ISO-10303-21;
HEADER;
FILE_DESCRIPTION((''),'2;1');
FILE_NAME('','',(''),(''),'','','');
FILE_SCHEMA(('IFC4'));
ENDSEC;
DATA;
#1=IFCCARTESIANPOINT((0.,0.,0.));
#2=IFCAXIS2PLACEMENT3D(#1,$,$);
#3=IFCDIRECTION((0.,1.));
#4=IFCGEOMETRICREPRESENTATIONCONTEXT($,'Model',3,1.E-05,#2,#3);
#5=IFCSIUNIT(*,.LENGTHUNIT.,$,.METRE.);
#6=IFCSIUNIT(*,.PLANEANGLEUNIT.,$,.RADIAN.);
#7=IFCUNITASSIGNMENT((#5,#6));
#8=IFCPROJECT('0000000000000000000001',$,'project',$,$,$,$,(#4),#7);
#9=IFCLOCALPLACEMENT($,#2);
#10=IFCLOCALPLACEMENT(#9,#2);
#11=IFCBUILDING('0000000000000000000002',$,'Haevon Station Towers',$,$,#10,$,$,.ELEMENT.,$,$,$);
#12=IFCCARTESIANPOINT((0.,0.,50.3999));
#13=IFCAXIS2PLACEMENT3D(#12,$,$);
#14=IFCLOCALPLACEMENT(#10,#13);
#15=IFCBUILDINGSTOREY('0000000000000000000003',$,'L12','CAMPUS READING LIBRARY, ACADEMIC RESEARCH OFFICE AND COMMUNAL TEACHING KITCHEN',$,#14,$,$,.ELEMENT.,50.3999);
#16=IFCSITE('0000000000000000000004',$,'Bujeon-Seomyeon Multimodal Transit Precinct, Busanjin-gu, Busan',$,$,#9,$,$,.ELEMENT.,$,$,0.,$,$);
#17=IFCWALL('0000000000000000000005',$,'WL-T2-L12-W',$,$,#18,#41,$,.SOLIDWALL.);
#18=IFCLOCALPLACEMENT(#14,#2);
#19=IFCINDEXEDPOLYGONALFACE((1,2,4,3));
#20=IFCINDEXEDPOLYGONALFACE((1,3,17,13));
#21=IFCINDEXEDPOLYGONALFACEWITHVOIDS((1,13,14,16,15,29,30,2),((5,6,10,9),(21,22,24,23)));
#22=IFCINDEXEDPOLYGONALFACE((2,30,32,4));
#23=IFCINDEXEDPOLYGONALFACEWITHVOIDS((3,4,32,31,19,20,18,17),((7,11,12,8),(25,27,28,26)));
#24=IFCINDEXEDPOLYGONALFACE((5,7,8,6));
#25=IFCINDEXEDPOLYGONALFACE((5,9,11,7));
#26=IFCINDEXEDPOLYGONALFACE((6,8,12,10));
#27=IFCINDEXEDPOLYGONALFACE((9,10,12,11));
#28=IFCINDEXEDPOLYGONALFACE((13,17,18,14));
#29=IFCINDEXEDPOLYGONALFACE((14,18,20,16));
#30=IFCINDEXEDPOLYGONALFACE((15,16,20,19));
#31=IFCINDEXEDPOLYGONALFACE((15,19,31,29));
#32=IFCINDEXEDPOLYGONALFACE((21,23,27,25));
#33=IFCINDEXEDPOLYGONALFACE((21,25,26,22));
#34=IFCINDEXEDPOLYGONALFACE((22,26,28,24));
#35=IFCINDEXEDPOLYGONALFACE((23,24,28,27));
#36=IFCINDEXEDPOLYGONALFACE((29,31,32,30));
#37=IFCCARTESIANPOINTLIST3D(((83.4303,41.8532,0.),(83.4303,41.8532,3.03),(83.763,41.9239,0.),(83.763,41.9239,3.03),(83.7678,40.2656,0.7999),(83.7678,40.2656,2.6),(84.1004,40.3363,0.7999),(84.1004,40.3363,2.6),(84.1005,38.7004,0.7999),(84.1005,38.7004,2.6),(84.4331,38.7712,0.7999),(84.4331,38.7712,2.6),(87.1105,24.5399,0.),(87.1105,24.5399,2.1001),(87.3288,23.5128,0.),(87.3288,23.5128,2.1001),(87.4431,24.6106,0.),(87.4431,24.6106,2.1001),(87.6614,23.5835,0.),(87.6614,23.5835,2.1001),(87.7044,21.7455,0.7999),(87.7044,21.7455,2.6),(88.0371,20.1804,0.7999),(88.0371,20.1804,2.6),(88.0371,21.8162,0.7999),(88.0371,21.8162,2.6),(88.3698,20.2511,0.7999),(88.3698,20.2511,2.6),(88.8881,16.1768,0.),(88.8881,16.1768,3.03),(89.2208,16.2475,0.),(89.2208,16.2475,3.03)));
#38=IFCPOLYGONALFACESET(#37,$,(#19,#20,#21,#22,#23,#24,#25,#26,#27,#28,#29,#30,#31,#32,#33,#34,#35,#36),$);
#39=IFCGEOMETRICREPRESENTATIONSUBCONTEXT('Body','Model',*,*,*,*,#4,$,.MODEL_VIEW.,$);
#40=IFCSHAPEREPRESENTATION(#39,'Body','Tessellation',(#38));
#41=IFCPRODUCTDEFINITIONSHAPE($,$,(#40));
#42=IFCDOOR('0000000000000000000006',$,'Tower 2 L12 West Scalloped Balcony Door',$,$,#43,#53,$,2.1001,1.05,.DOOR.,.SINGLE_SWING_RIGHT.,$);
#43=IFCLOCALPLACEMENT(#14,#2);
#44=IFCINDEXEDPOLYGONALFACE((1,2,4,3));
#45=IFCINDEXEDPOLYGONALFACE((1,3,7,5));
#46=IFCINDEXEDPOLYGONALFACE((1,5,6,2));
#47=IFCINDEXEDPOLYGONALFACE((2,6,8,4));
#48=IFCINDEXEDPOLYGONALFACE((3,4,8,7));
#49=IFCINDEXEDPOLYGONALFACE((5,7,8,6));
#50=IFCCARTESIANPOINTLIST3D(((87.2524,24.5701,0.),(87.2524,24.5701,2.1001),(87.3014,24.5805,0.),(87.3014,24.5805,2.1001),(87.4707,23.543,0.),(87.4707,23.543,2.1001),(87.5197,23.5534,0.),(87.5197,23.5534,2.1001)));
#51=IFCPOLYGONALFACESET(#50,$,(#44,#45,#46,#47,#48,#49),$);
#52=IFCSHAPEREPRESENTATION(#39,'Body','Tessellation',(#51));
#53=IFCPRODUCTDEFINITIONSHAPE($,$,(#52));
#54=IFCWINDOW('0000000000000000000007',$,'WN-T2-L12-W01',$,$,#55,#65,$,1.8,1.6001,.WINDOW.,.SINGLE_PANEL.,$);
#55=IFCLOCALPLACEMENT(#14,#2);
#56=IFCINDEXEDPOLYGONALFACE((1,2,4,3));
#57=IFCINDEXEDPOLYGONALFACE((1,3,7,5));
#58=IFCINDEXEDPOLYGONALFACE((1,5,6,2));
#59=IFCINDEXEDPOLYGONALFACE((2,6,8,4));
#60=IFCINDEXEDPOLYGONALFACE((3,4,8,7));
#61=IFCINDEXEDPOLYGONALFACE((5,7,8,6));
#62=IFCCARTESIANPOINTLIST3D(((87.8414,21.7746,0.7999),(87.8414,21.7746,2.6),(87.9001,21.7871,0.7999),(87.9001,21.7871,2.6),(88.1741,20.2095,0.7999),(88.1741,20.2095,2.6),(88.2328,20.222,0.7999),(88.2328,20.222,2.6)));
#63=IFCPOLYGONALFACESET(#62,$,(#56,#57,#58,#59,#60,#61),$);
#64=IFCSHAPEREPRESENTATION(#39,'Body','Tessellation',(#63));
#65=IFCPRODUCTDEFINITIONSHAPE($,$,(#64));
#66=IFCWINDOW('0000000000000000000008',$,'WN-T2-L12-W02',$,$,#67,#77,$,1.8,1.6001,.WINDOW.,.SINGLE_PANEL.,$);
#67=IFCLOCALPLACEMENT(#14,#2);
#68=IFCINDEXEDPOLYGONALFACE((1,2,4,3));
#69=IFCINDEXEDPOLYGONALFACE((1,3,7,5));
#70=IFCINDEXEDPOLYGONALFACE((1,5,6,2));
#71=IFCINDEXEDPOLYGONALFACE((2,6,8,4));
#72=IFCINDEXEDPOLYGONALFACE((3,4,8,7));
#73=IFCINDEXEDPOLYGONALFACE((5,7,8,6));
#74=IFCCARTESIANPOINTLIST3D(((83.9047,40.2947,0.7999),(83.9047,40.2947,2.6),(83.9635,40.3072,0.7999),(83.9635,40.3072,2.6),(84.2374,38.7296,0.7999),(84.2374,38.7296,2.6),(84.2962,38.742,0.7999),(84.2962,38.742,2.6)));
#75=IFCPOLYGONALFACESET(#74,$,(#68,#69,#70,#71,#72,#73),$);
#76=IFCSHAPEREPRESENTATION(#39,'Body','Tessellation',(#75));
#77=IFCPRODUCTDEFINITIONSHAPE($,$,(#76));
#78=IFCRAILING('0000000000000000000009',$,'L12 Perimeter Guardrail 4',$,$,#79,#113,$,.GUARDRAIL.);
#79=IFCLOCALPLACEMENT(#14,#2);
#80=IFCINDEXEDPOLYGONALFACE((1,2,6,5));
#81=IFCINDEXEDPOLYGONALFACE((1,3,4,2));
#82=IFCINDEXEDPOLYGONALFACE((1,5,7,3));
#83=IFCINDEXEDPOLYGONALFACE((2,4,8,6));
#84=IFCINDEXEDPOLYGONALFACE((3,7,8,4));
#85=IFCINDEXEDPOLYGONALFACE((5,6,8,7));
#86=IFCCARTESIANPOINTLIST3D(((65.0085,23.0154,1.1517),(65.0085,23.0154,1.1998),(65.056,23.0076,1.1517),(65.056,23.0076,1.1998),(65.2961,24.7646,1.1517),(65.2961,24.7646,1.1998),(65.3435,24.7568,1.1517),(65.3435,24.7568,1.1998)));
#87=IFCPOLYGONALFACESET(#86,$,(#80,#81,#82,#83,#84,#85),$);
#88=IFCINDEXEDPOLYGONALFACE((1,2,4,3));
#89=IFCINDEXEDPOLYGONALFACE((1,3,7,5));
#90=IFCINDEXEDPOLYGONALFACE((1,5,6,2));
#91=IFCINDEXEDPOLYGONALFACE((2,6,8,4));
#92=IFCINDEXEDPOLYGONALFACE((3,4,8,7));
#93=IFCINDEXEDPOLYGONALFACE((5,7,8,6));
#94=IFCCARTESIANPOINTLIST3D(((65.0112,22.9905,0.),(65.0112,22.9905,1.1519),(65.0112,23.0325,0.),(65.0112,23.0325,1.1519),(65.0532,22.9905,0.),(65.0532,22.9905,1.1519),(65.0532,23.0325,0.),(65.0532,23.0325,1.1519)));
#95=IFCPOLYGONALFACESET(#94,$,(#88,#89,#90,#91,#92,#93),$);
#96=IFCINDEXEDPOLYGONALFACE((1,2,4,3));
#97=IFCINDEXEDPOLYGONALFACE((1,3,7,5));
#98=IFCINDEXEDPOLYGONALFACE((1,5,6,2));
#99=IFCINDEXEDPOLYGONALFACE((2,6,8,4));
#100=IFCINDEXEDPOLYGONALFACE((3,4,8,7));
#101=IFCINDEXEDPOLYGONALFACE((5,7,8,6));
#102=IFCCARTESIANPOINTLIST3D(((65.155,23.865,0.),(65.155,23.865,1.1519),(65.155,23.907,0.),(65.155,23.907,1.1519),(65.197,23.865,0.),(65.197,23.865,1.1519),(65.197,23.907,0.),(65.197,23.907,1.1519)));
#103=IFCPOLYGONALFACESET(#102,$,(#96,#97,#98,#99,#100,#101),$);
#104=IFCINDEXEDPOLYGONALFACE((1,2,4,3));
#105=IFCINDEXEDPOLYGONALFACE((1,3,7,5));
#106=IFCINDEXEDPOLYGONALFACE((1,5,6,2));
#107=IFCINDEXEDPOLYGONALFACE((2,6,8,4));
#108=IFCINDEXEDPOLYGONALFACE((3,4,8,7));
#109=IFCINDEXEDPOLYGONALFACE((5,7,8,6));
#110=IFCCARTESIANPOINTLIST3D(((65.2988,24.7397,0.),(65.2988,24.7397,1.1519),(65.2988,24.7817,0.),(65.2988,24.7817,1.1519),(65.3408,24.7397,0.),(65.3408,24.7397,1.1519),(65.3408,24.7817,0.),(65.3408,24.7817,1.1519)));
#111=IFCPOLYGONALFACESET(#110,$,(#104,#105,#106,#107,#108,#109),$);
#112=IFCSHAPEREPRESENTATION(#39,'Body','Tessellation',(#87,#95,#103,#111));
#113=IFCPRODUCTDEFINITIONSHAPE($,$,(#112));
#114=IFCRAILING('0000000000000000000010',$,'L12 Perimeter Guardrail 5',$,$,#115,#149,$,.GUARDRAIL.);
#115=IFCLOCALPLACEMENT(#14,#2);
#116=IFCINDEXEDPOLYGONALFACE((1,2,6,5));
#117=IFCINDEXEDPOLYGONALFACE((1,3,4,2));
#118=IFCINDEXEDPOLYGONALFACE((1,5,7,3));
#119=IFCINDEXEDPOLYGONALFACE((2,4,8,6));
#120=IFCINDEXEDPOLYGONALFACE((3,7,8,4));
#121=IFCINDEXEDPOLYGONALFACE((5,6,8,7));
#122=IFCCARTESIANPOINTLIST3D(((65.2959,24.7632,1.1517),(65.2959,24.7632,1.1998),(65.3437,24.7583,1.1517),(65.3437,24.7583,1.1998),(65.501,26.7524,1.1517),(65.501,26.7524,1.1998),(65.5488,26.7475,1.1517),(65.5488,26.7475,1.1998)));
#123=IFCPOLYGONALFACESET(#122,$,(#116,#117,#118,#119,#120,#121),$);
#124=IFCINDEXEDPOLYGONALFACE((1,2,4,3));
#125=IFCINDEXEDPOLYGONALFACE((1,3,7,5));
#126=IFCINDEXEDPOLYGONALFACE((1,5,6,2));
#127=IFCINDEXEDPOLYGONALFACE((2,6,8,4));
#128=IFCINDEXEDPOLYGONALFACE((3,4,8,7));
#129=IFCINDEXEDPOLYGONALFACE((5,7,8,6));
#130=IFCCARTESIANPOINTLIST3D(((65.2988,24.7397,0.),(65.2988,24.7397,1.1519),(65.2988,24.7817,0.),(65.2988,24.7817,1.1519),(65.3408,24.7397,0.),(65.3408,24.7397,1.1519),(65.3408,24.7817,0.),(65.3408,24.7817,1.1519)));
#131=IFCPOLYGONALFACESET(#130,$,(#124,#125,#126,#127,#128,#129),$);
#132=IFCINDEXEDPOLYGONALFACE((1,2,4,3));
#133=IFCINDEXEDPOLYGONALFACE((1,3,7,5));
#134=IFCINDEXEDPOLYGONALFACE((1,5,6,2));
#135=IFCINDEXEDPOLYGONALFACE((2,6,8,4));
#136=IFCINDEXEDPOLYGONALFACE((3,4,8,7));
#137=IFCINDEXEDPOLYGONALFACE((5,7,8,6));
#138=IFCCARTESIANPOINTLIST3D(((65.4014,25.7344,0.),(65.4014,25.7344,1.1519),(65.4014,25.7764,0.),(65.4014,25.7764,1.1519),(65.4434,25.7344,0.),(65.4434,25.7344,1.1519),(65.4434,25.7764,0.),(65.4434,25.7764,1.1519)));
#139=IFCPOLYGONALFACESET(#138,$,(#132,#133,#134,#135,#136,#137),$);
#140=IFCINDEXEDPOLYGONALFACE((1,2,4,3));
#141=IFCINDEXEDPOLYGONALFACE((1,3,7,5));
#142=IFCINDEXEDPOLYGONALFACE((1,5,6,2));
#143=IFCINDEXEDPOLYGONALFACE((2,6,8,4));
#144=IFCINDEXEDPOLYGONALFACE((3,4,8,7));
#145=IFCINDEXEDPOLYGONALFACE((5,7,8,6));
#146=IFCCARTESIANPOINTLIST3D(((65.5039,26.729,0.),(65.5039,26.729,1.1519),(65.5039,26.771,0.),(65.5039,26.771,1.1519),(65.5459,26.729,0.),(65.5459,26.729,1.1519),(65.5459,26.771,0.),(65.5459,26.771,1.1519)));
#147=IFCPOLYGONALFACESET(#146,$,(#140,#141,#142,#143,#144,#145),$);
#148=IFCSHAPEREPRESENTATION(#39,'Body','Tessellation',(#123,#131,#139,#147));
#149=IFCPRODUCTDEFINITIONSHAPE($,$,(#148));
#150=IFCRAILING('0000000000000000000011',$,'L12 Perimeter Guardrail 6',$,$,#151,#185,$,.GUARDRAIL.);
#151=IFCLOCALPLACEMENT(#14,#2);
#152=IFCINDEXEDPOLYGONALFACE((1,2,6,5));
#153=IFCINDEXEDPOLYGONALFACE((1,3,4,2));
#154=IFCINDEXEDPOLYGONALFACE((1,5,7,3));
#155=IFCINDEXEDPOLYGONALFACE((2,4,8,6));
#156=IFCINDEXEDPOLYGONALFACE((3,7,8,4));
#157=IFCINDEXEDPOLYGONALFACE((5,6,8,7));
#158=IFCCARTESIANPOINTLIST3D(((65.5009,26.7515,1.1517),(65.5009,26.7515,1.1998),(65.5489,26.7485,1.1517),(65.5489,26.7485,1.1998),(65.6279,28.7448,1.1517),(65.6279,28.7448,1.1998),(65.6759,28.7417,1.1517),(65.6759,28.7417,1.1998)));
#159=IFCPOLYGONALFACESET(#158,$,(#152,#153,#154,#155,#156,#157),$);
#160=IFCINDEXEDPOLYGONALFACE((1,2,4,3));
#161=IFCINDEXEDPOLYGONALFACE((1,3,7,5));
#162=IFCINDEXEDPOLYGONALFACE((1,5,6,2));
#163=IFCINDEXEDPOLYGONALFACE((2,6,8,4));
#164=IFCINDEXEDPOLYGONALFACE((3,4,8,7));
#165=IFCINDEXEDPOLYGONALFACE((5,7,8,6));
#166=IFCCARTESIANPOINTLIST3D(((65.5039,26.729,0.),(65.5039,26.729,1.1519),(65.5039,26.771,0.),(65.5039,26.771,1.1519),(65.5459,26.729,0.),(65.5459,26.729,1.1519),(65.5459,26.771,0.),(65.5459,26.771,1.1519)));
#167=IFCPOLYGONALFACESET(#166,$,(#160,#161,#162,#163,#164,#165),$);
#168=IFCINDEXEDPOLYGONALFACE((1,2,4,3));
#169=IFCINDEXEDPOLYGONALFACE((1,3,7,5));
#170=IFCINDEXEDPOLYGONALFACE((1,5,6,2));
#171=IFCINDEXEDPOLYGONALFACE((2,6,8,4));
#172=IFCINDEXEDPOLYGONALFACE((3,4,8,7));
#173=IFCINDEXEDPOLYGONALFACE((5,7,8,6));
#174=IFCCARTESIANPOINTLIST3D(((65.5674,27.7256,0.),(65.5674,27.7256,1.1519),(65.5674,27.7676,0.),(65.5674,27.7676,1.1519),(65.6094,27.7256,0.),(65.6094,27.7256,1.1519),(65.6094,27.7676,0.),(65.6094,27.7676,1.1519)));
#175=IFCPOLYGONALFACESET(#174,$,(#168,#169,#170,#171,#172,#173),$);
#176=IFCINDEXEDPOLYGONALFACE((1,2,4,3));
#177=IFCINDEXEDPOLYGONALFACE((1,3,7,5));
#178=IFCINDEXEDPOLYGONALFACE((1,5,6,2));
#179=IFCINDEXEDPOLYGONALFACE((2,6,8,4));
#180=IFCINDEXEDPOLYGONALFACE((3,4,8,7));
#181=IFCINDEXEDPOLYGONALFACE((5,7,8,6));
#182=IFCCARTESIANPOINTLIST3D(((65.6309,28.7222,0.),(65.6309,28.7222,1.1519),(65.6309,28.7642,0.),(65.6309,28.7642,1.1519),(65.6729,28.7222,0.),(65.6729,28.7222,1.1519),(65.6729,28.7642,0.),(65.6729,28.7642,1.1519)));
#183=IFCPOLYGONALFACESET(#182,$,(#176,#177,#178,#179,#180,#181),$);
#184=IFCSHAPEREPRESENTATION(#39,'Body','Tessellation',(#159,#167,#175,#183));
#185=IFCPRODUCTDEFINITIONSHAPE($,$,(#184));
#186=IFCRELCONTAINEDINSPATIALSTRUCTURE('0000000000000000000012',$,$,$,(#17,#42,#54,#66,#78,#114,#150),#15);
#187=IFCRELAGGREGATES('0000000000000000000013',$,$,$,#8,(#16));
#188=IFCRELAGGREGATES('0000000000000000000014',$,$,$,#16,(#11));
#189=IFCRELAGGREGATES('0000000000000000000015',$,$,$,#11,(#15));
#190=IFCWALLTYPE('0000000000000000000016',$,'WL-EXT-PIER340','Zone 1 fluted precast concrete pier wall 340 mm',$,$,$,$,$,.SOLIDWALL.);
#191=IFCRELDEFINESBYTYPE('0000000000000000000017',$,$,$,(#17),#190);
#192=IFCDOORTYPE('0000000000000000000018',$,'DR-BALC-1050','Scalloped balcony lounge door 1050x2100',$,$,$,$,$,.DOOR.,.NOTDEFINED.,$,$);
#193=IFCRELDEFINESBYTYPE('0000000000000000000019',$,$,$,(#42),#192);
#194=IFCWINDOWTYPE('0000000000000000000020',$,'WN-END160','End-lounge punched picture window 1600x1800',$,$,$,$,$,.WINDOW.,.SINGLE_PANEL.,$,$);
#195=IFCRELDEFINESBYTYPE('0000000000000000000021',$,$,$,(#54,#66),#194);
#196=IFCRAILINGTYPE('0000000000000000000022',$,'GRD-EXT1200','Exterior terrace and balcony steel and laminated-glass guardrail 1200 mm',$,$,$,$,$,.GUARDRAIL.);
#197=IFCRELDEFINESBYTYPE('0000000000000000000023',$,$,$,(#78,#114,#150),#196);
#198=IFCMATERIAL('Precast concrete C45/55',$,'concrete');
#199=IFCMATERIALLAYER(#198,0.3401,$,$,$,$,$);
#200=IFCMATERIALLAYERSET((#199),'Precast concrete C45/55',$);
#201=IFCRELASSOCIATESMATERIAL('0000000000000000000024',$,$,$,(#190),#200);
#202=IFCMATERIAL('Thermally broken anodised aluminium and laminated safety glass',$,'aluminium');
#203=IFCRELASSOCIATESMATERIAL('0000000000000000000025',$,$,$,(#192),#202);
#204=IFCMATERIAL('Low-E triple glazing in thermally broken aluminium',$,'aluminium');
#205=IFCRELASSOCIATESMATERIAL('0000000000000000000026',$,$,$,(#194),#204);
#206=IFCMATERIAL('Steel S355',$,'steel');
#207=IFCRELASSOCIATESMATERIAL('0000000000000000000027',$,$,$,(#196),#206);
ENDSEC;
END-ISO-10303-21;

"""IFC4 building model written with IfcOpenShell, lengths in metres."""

from ifc_helpers import new_model, si_unit, direction, frame, frame_2d, origin, origin_2d, place, context, subcontext, project, spatial, rectangle, extrude, material, layer, layer_set, type_object, element, fill, save


model = new_model("IFC4")

# Units and contexts
model_context = context("Model", 3, precision=1e-05, world=origin(), true_north=direction((0.0, 1.0)))
body_context = subcontext(model_context, "Body", "Model", "MODEL_VIEW")
ifc_project = project(units=[si_unit("LENGTHUNIT", "METRE"), si_unit("PLANEANGLEUNIT", "RADIAN")], contexts=[model_context])

# Site, building, storey
site_placement = place(None, origin())
site = spatial("IfcSite", under=ifc_project, at=site_placement, Name="Bujeon-Seomyeon Multimodal Transit Precinct, Busanjin-gu, Busan", CompositionType="ELEMENT", RefElevation=0.0)
building_placement = place(site_placement, origin())
building = spatial("IfcBuilding", under=site, at=building_placement, Name="Haevon Station Towers", CompositionType="ELEMENT")
storey_placement = place(building_placement, frame((0.0, 0.0, 50.3999)))
storey = spatial("IfcBuildingStorey", under=building, at=storey_placement, Name="L12", Description="CAMPUS READING LIBRARY, ACADEMIC RESEARCH OFFICE AND COMMUNAL TEACHING KITCHEN", CompositionType="ELEMENT", Elevation=50.3999)

# Wall, openings, door, windows
ifc_material_1 = material(Name="Precast concrete C45/55", Category="concrete")
ifc_layer_1 = layer(ifc_material_1, 0.3401)
ifc_layer_set_1 = layer_set([ifc_layer_1], Name="Precast concrete C45/55")
wall_type = type_object("IfcWallType", Name="WL-EXT-PIER340", Description="Zone 1 fluted precast concrete pier wall 340 mm", PredefinedType="SOLIDWALL", material=ifc_layer_set_1)
wall_placement = place(storey_placement, frame((89.0544, 16.2122, 0.0), z_axis=(0.0, 0.0, 1.0), x_axis=(-0.207915, 0.978147, 0.0)))
wall = element("IfcWall", 1, at=wall_placement, inside=storey, type_object=wall_type, Name="WL-T2-L12-W", PredefinedType="SOLIDWALL", context=body_context, shape_type="SweptSolid", body=[
    extrude(rectangle(XDim=26.25, YDim=0.3401, at=frame_2d((13.125, 0.0))), origin(), (0.0, 0.0, 1.0), 3.03),
])
opening_1_placement = place(wall_placement, frame((7.5, 0.0, 0.0)))
opening_1 = element("IfcOpeningElement", 2, at=opening_1_placement, cuts=wall, PredefinedType="OPENING", context=body_context, shape_type="SweptSolid", body=[
    extrude(rectangle(XDim=1.05, YDim=2.1001, at=frame_2d((0.5249, 1.05))), frame((0.0, 0.1799, 0.0), z_axis=(0.0, -1.0, 0.0), x_axis=(1.0, 0.0, 0.0)), (0.0, 0.0, 1.0), 0.3601),
])
opening_2_placement = place(wall_placement, frame((4.093, 0.0, 0.8)))
opening_2 = element("IfcOpeningElement", 3, at=opening_2_placement, cuts=wall, PredefinedType="OPENING", context=body_context, shape_type="SweptSolid", body=[
    extrude(rectangle(XDim=1.6001, YDim=1.8, at=frame_2d((0.8, 0.8999))), frame((0.0, 0.1799, 0.0), z_axis=(0.0, -1.0, 0.0), x_axis=(1.0, 0.0, 0.0)), (0.0, 0.0, 1.0), 0.3601),
])
opening_3_placement = place(wall_placement, frame((23.0269, 0.0, 0.8)))
opening_3 = element("IfcOpeningElement", 4, at=opening_3_placement, cuts=wall, PredefinedType="OPENING", context=body_context, shape_type="SweptSolid", body=[
    extrude(rectangle(XDim=1.6001, YDim=1.8, at=frame_2d((0.8, 0.8999))), frame((0.0, 0.1799, 0.0), z_axis=(0.0, -1.0, 0.0), x_axis=(1.0, 0.0, 0.0)), (0.0, 0.0, 1.0), 0.3601),
])
ifc_material_2 = material(Name="Thermally broken anodised aluminium and laminated safety glass", Category="aluminium")
door_type = type_object("IfcDoorType", Name="DR-BALC-1050", Description="Scalloped balcony lounge door 1050x2100", OperationType="NOTDEFINED", PredefinedType="DOOR", material=ifc_material_2)
door_placement = place(opening_1_placement, origin())
door = element("IfcDoor", 5, at=door_placement, inside=storey, type_object=door_type, Name="Tower 2 L12 West Scalloped Balcony Door", OperationType="SINGLE_SWING_RIGHT", OverallHeight=2.1001, OverallWidth=1.05, PredefinedType="DOOR", context=body_context, shape_type="SweptSolid", body=[
    extrude(rectangle(XDim=1.05, YDim=2.1001, at=frame_2d((0.5249, 1.05))), frame((0.0, 0.0249, 0.0), z_axis=(0.0, -1.0, 0.0), x_axis=(1.0, 0.0, 0.0)), (0.0, 0.0, 1.0), 0.05),
])
fill(opening_1, door)
ifc_material_3 = material(Name="Low-E triple glazing in thermally broken aluminium", Category="aluminium")
window_type = type_object("IfcWindowType", Name="WN-END160", Description="End-lounge punched picture window 1600x1800", PartitioningType="SINGLE_PANEL", PredefinedType="WINDOW", material=ifc_material_3)
window_1_placement = place(opening_2_placement, origin())
window_1 = element("IfcWindow", 6, at=window_1_placement, inside=storey, type_object=window_type, Name="WN-T2-L12-W01", OverallHeight=1.8, OverallWidth=1.6001, PartitioningType="SINGLE_PANEL", PredefinedType="WINDOW", context=body_context, shape_type="SweptSolid", body=[
    extrude(rectangle(XDim=1.6001, YDim=1.8, at=frame_2d((0.8, 0.8999))), frame((0.0, 0.03, 0.0), z_axis=(0.0, -1.0, 0.0), x_axis=(1.0, 0.0, 0.0)), (0.0, 0.0, 1.0), 0.0601),
])
fill(opening_2, window_1)
window_2_placement = place(opening_3_placement, origin())
window_2 = element("IfcWindow", 7, at=window_2_placement, inside=storey, type_object=window_type, Name="WN-T2-L12-W02", OverallHeight=1.8, OverallWidth=1.6001, PartitioningType="SINGLE_PANEL", PredefinedType="WINDOW", context=body_context, shape_type="SweptSolid", body=[
    extrude(rectangle(XDim=1.6001, YDim=1.8, at=frame_2d((0.8, 0.8999))), frame((0.0, 0.03, 0.0), z_axis=(0.0, -1.0, 0.0), x_axis=(1.0, 0.0, 0.0)), (0.0, 0.0, 1.0), 0.0601),
])
fill(opening_3, window_2)

# Railings
ifc_material_4 = material(Name="Steel S355", Category="steel")
railing_type = type_object("IfcRailingType", Name="GRD-EXT1200", Description="Exterior terrace and balcony steel and laminated-glass guardrail 1200 mm", PredefinedType="GUARDRAIL", material=ifc_material_4)
railing_1_placement = place(storey_placement, frame((65.0322, 23.0115, 0.0)))
element("IfcRailing", 8, at=railing_1_placement, inside=storey, type_object=railing_type, Name="L12 Perimeter Guardrail 4", PredefinedType="GUARDRAIL", context=body_context, shape_type="SweptSolid", body=[
    extrude(rectangle(XDim=0.0481, YDim=0.0481, at=origin_2d()), frame((0.0, 0.0, 1.1758), z_axis=(0.162232, 0.986753, 0.0), x_axis=(-0.986753, 0.162232, 0.0)), (0.0, 0.0, 1.0), 1.7727),
    extrude(rectangle(XDim=0.042, YDim=0.042, at=origin_2d()), origin(), (0.0, 0.0, 1.0), 1.1519),
    extrude(rectangle(XDim=0.042, YDim=0.042, at=origin_2d()), frame((0.1438, 0.8745, 0.0)), (0.0, 0.0, 1.0), 1.1519),
    extrude(rectangle(XDim=0.042, YDim=0.042, at=origin_2d()), frame((0.2876, 1.7493, 0.0)), (0.0, 0.0, 1.0), 1.1519),
])
railing_2_placement = place(storey_placement, frame((65.3198, 24.7607, 0.0)))
element("IfcRailing", 9, at=railing_2_placement, inside=storey, type_object=railing_type, Name="L12 Perimeter Guardrail 5", PredefinedType="GUARDRAIL", context=body_context, shape_type="SweptSolid", body=[
    extrude(rectangle(XDim=0.0481, YDim=0.0481, at=origin_2d()), frame((0.0, 0.0, 1.1758), z_axis=(0.102549, 0.994728, 0.0), x_axis=(-0.994728, 0.102549, 0.0)), (0.0, 0.0, 1.0), 1.9998),
    extrude(rectangle(XDim=0.042, YDim=0.042, at=origin_2d()), origin(), (0.0, 0.0, 1.0), 1.1519),
    extrude(rectangle(XDim=0.042, YDim=0.042, at=origin_2d()), frame((0.1025, 0.9946, 0.0)), (0.0, 0.0, 1.0), 1.1519),
    extrude(rectangle(XDim=0.042, YDim=0.042, at=origin_2d()), frame((0.2051, 1.9893, 0.0)), (0.0, 0.0, 1.0), 1.1519),
])
railing_3_placement = place(storey_placement, frame((65.5249, 26.75, 0.0)))
element("IfcRailing", 10, at=railing_3_placement, inside=storey, type_object=railing_type, Name="L12 Perimeter Guardrail 6", PredefinedType="GUARDRAIL", context=body_context, shape_type="SweptSolid", body=[
    extrude(rectangle(XDim=0.0481, YDim=0.0481, at=origin_2d()), frame((0.0, 0.0, 1.1758), z_axis=(0.063565, 0.997978, 0.0), x_axis=(-0.997978, 0.063565, 0.0)), (0.0, 0.0, 1.0), 1.9973),
    extrude(rectangle(XDim=0.042, YDim=0.042, at=origin_2d()), origin(), (0.0, 0.0, 1.0), 1.1519),
    extrude(rectangle(XDim=0.042, YDim=0.042, at=origin_2d()), frame((0.0635, 0.9966, 0.0)), (0.0, 0.0, 1.0), 1.1519),
    extrude(rectangle(XDim=0.042, YDim=0.042, at=origin_2d()), frame((0.127, 1.9932, 0.0)), (0.0, 0.0, 1.0), 1.1519),
])

save(model, "model.ifc")
